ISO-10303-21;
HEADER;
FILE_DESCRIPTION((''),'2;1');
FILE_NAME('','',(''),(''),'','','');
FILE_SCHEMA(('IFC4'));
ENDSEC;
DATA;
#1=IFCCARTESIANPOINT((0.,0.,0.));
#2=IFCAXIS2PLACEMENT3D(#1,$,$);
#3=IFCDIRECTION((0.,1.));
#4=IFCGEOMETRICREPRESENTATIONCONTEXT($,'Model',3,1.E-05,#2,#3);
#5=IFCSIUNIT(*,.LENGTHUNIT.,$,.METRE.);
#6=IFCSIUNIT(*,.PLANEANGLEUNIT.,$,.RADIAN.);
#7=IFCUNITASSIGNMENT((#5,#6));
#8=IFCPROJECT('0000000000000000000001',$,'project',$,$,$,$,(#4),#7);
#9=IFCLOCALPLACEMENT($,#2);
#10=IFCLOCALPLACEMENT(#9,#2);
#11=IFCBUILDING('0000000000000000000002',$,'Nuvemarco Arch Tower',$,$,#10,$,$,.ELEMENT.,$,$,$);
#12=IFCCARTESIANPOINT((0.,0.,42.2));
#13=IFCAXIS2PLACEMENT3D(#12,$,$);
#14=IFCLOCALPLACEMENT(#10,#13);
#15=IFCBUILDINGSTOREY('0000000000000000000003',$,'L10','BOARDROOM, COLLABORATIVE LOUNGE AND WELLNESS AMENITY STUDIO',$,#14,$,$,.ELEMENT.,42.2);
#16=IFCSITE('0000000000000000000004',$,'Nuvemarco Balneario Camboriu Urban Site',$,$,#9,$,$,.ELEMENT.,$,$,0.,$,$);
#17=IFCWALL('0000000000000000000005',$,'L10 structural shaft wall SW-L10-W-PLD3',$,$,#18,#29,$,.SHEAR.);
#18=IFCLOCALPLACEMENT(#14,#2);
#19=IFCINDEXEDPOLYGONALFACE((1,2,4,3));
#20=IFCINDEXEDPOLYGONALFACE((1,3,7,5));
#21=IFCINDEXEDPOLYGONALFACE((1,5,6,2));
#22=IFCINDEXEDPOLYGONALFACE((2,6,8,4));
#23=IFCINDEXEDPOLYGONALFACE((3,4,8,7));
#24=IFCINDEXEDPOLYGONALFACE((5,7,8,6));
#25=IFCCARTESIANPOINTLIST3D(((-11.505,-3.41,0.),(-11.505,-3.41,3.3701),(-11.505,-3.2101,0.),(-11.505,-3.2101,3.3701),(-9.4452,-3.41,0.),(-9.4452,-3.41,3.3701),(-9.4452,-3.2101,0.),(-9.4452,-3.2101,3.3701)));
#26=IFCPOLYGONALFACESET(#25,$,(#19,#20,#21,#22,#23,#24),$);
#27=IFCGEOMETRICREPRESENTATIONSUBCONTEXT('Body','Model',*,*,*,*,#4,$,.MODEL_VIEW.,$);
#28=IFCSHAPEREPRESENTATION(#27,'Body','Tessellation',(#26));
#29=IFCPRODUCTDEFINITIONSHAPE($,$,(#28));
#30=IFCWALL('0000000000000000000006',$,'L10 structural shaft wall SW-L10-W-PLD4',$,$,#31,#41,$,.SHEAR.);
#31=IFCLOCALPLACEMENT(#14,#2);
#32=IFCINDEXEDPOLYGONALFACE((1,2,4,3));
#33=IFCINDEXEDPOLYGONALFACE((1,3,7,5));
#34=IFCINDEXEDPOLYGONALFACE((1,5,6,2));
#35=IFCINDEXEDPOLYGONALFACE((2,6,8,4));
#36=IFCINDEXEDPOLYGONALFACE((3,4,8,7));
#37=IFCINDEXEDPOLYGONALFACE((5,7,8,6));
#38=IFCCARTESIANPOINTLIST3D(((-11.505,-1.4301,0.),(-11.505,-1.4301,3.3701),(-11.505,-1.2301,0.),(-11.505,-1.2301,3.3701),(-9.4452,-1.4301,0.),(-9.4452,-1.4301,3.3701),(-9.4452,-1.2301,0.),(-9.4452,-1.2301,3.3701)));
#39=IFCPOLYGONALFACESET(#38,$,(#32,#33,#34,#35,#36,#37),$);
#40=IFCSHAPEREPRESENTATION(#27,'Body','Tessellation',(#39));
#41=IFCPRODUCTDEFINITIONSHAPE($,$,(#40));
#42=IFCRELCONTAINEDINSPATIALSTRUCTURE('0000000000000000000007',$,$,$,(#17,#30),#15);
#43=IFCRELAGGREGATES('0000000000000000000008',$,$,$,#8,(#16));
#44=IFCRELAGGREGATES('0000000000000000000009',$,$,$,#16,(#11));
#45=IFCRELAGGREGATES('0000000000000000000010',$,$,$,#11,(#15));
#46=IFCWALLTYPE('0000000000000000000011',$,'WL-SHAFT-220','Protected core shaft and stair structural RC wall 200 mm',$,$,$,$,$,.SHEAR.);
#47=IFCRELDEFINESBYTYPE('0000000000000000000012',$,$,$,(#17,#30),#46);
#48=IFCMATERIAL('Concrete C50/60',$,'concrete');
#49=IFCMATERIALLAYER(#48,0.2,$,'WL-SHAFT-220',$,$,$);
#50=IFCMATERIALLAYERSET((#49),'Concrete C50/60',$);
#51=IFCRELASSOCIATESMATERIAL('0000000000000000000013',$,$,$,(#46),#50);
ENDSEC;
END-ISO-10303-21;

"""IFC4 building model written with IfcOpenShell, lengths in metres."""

from ifc_helpers import new_model, si_unit, direction, frame, frame_2d, origin, place, context, subcontext, project, spatial, rectangle, extrude, material, layer, layer_set, type_object, element, save


model = new_model("IFC4")

# Units and contexts
model_context = context("Model", 3, precision=1e-05, world=origin(), true_north=direction((0.0, 1.0)))
body_context = subcontext(model_context, "Body", "Model", "MODEL_VIEW")
ifc_project = project(units=[si_unit("LENGTHUNIT", "METRE"), si_unit("PLANEANGLEUNIT", "RADIAN")], contexts=[model_context])

# Site, building, storey
site_placement = place(None, origin())
site = spatial("IfcSite", under=ifc_project, at=site_placement, Name="Nuvemarco Balneario Camboriu Urban Site", CompositionType="ELEMENT", RefElevation=0.0)
building_placement = place(site_placement, origin())
building = spatial("IfcBuilding", under=site, at=building_placement, Name="Nuvemarco Arch Tower", CompositionType="ELEMENT")
storey_placement = place(building_placement, frame((0.0, 0.0, 42.2)))
storey = spatial("IfcBuildingStorey", under=building, at=storey_placement, Name="L10", Description="BOARDROOM, COLLABORATIVE LOUNGE AND WELLNESS AMENITY STUDIO", CompositionType="ELEMENT", Elevation=42.2)

# Walls
ifc_material_1 = material(Name="Concrete C50/60", Category="concrete")
ifc_layer_1 = layer(ifc_material_1, 0.2, Name="WL-SHAFT-220")
ifc_layer_set_1 = layer_set([ifc_layer_1], Name="Concrete C50/60")
wall_type_1 = type_object("IfcWallType", Name="WL-SHAFT-220", Description="Protected core shaft and stair structural RC wall 200 mm", PredefinedType="SHEAR", material=ifc_layer_set_1)
for number, where, z_axis, x_axis, name in (
    (1, (-11.5049, -3.3101, 0.0), (0.0, 0.0, 1.0), (1.0, 0.0, 0.0), "L10 structural shaft wall SW-L10-W-PLD3"),
    (2, (-11.5049, -1.3301, 0.0), (0.0, 0.0, 1.0), (1.0, 0.0, 0.0), "L10 structural shaft wall SW-L10-W-PLD4"),
):
    element("IfcWall", number, at=place(storey_placement, frame(where, z_axis=z_axis, x_axis=x_axis)), inside=storey, type_object=wall_type_1, Name=name, PredefinedType="SHEAR", context=body_context, shape_type="SweptSolid", body=[
        extrude(rectangle(XDim=2.0598, YDim=0.2, at=frame_2d((1.0298, 0.0))), origin(), (0.0, 0.0, 1.0), 3.3701),
    ])

save(model, "model.ifc")
